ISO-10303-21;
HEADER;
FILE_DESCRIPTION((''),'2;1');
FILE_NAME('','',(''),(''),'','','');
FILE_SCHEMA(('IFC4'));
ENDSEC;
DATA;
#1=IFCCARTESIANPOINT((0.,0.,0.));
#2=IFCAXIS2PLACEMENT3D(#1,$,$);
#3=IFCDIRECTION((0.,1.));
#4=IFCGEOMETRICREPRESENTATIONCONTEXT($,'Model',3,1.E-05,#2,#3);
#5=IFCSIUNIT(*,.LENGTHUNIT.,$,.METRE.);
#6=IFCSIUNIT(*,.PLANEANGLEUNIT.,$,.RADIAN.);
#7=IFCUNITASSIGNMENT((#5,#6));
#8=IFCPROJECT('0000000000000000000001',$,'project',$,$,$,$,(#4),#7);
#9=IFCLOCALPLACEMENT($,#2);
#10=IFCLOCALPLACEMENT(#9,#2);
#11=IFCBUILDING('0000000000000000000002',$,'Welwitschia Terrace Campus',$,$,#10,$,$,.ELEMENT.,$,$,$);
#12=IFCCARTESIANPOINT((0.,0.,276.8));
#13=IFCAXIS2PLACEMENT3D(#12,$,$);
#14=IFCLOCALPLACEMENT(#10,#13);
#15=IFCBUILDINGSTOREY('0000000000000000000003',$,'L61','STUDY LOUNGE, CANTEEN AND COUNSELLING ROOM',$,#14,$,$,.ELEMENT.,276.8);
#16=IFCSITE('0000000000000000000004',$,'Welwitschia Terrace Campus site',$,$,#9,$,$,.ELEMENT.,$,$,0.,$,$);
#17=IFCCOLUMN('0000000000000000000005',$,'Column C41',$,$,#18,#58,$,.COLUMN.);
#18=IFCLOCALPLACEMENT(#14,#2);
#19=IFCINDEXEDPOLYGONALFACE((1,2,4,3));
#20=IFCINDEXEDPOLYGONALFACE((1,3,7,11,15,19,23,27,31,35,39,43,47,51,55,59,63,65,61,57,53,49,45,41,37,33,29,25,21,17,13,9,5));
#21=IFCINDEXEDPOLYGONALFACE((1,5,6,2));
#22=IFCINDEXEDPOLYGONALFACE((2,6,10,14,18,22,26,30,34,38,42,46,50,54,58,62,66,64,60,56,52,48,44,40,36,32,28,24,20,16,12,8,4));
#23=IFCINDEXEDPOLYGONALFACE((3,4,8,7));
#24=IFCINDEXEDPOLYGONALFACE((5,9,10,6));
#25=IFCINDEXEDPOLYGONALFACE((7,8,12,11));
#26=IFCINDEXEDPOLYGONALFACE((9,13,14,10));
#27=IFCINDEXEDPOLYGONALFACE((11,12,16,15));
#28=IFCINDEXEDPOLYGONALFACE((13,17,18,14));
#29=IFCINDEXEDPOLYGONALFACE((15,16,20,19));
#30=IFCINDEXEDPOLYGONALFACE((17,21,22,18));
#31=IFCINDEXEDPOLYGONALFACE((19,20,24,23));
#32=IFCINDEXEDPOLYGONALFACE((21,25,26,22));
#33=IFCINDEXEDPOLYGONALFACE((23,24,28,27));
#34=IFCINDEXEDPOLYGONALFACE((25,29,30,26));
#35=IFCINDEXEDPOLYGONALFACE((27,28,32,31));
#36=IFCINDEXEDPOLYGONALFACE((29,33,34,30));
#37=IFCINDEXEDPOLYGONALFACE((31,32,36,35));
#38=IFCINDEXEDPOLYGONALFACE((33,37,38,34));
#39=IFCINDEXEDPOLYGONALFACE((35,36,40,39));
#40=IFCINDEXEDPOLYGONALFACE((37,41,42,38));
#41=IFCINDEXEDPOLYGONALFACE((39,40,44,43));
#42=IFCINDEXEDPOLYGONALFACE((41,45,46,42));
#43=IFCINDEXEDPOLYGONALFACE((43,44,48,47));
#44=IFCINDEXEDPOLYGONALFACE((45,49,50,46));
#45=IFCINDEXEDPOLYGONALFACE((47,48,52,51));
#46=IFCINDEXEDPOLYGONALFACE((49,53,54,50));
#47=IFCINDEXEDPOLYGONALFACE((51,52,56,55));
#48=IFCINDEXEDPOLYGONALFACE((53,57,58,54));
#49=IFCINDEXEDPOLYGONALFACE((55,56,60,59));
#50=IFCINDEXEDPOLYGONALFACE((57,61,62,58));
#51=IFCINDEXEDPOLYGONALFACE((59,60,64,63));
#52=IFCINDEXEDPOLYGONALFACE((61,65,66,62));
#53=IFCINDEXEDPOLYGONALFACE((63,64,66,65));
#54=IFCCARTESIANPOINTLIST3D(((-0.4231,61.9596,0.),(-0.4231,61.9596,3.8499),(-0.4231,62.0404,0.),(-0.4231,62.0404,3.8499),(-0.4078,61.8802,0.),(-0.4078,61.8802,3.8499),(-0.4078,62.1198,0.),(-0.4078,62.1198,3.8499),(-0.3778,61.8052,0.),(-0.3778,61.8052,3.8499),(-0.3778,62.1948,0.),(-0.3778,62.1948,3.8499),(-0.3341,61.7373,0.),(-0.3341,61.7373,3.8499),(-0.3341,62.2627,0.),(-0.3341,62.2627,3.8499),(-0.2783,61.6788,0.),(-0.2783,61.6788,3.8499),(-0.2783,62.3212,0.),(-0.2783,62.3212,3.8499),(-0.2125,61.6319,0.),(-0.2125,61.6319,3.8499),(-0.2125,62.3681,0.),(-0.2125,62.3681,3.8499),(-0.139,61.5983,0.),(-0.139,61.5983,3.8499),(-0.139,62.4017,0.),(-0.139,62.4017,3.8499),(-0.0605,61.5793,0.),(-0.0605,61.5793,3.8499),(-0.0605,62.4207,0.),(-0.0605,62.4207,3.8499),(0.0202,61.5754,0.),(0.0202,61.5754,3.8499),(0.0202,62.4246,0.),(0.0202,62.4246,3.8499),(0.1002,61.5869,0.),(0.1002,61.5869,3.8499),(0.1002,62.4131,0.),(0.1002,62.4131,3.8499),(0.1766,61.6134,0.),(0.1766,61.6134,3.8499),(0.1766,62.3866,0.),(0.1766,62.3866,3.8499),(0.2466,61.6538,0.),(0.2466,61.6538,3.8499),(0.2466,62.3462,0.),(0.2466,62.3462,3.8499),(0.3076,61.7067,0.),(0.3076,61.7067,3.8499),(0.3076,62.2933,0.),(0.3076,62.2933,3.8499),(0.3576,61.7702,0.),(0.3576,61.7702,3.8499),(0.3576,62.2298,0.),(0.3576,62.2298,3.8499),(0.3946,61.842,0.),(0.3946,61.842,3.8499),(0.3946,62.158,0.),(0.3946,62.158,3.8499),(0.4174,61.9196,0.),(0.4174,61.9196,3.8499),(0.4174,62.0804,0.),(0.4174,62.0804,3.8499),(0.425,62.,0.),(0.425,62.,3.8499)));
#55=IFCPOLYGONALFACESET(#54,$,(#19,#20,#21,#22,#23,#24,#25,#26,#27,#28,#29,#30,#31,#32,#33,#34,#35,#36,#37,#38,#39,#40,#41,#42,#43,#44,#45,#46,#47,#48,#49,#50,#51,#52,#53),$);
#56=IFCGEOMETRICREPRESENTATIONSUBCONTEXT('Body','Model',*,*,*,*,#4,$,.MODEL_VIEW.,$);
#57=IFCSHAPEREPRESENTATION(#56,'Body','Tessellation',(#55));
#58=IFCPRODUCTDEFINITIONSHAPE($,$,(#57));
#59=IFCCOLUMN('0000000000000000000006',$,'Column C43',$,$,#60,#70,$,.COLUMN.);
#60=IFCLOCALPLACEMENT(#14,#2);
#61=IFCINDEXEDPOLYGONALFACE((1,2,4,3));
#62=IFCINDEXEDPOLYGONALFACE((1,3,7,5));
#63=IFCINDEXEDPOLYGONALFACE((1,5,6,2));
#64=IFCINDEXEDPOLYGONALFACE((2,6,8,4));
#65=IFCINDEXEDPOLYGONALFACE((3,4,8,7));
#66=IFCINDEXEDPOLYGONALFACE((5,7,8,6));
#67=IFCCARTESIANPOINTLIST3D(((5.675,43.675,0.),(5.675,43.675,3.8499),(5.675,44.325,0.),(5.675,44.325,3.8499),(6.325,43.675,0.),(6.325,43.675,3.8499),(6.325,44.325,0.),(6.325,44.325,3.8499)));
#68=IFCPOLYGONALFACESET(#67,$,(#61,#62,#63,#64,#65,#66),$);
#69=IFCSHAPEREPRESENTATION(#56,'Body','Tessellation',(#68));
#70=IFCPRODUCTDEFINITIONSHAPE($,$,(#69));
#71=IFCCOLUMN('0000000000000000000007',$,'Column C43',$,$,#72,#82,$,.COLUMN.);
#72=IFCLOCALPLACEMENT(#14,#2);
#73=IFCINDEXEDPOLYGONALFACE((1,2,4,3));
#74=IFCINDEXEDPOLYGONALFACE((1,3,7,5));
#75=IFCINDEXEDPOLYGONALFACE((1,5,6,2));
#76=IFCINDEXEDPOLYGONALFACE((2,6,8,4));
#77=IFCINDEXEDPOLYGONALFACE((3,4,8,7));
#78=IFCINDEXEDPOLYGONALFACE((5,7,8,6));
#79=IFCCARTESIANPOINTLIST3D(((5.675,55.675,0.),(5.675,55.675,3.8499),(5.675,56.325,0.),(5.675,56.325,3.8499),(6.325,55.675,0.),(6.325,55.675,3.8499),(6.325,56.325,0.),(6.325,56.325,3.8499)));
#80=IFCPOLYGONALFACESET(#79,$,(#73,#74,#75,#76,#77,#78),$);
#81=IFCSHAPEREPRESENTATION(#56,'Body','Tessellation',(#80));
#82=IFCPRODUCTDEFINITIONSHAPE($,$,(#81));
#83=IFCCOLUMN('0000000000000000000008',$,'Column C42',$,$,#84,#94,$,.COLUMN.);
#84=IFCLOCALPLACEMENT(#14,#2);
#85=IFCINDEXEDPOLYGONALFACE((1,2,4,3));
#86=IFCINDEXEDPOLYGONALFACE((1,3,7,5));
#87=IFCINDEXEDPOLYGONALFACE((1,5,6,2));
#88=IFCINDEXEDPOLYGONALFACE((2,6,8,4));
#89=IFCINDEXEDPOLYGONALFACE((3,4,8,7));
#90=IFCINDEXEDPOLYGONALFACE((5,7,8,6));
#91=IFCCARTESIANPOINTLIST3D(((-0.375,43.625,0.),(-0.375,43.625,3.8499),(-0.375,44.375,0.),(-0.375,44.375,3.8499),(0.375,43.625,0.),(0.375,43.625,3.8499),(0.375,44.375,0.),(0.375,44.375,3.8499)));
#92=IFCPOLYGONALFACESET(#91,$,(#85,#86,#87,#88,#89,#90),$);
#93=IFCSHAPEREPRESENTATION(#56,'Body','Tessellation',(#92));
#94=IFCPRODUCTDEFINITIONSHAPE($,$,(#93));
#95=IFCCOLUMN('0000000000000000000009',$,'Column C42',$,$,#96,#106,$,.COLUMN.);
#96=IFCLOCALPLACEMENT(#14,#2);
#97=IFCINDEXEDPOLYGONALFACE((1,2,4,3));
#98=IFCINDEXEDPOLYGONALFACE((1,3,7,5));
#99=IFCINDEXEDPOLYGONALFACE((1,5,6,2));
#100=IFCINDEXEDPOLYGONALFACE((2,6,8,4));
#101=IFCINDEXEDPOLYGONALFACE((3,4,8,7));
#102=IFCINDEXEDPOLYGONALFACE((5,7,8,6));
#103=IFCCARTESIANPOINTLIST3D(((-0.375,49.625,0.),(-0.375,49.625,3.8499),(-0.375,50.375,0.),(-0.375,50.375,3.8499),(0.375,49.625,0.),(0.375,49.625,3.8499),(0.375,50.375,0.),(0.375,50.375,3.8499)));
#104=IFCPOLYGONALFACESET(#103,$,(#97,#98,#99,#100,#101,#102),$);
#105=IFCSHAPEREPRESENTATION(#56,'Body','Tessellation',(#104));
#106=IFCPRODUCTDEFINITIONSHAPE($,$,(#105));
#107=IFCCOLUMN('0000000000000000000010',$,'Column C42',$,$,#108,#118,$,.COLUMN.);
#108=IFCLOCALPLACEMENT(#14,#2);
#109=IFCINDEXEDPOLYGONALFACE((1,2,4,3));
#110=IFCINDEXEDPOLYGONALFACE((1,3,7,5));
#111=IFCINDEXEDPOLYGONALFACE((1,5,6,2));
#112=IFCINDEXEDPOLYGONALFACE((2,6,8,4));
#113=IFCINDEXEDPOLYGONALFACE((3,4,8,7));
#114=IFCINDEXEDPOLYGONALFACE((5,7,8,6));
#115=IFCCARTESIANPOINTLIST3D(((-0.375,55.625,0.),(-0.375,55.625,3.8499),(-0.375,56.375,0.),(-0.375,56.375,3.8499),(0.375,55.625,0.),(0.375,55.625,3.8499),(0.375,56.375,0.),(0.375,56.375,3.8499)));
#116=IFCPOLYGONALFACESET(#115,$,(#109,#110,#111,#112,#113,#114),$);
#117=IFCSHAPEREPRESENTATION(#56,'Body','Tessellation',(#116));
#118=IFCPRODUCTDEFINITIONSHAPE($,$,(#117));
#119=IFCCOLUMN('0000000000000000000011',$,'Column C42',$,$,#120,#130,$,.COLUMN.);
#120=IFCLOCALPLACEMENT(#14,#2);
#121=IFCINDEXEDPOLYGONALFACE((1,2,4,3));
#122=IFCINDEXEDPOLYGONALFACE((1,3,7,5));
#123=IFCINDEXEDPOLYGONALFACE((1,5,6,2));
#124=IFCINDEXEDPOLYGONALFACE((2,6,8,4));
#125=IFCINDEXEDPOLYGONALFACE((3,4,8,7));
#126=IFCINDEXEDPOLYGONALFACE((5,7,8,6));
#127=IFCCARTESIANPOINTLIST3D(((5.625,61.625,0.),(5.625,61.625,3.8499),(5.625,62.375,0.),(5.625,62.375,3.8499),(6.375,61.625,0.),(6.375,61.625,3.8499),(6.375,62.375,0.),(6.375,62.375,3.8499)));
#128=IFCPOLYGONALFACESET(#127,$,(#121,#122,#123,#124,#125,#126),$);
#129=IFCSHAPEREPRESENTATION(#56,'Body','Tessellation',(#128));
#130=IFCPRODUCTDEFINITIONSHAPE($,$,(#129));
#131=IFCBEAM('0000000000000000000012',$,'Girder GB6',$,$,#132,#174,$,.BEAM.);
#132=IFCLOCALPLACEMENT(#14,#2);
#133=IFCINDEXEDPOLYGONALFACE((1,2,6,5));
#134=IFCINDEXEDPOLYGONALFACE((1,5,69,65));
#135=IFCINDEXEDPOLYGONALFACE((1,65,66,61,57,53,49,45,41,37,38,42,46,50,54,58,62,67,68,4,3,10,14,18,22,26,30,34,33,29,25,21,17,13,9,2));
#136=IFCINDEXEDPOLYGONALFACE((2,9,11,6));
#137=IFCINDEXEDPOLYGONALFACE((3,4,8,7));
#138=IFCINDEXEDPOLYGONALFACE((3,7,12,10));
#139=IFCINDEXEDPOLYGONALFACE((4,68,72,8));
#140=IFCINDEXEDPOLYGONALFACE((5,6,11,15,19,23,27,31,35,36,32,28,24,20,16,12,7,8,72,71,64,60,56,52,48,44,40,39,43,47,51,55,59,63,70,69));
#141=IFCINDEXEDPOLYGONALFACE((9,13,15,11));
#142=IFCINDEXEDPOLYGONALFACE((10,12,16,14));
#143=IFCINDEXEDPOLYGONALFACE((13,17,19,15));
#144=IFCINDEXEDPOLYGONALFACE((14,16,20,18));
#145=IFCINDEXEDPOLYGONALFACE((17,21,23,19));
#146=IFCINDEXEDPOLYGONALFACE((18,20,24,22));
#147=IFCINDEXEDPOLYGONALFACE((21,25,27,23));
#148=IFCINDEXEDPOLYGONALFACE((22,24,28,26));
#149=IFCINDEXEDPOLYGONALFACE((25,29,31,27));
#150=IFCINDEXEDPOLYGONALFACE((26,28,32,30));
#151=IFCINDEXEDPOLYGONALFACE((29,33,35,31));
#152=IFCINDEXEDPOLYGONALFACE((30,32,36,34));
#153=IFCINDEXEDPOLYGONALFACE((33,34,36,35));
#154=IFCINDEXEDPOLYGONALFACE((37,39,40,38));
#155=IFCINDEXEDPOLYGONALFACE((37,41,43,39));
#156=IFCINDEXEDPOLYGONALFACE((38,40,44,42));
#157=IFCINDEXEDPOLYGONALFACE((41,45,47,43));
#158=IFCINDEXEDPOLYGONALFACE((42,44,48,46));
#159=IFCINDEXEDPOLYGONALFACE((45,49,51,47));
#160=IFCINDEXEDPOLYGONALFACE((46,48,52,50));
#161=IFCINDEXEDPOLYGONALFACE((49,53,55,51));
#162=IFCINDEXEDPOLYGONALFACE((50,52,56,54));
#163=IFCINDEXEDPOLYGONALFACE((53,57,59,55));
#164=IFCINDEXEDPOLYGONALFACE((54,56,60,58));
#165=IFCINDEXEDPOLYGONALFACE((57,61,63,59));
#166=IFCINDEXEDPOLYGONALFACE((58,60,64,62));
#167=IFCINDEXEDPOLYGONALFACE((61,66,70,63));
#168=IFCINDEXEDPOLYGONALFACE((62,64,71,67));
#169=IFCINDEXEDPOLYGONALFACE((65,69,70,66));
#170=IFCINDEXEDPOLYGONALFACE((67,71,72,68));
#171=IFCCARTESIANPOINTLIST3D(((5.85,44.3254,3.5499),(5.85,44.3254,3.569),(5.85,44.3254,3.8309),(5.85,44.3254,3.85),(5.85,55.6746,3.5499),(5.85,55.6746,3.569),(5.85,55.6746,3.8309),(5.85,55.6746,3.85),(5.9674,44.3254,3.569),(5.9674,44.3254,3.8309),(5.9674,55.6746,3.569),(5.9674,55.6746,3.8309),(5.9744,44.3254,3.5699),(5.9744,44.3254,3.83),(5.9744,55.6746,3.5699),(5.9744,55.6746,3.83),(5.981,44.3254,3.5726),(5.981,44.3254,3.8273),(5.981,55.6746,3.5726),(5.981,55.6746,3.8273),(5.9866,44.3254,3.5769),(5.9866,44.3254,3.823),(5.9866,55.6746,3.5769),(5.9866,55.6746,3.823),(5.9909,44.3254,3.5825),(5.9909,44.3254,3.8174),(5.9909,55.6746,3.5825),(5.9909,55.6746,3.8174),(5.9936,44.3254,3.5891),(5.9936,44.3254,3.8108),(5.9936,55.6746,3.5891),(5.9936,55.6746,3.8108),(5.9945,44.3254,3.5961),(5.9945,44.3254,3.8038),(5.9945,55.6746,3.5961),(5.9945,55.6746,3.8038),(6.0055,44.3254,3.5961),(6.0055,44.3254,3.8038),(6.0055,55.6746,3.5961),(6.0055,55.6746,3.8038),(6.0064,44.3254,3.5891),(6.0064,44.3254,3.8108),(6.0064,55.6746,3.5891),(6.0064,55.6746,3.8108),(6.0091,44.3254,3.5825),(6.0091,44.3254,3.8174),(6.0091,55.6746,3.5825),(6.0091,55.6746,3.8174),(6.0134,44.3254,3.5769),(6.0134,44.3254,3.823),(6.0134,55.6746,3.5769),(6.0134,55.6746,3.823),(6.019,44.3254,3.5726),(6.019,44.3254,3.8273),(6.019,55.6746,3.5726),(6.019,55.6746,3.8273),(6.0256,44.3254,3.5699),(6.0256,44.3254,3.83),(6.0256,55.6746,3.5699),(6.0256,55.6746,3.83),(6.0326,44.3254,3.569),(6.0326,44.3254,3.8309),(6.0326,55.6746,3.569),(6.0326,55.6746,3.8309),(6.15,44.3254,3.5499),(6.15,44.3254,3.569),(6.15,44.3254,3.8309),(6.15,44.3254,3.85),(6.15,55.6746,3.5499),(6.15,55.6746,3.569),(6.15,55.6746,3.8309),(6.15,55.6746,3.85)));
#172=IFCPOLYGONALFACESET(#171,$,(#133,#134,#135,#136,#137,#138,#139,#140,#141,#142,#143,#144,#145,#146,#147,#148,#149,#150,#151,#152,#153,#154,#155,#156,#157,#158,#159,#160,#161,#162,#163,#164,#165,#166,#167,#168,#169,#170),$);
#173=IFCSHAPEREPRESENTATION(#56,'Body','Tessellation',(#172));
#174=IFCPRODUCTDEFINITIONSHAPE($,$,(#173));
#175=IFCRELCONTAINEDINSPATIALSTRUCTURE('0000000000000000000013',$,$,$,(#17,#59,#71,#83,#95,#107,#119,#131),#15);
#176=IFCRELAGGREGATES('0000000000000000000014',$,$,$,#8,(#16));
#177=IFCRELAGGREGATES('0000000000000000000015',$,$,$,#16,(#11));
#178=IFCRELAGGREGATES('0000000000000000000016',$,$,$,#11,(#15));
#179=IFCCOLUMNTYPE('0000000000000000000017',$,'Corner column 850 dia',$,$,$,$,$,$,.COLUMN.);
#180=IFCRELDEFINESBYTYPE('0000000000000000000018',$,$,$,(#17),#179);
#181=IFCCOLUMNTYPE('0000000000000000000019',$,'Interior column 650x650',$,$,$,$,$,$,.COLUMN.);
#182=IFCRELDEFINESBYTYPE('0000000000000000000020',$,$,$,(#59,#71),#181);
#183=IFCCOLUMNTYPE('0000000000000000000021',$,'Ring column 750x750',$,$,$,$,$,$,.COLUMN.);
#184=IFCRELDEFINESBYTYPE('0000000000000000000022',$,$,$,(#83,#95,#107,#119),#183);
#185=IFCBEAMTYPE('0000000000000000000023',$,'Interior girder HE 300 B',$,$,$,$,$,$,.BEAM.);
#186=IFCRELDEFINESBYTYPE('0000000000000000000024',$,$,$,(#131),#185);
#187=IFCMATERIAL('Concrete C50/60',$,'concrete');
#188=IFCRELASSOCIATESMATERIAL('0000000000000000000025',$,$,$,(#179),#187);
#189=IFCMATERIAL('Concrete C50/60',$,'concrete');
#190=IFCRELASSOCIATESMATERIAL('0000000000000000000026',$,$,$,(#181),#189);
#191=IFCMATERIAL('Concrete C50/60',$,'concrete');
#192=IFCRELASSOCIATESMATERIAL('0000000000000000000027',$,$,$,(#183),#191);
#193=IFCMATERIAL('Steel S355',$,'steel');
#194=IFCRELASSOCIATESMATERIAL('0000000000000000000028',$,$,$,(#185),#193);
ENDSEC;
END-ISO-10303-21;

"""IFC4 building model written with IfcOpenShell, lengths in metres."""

from ifc_helpers import new_model, si_unit, direction, frame, origin, origin_2d, place, context, subcontext, project, spatial, rectangle, circle, i_section, extrude, material, material_profile, profile_set, type_object, element, save


model = new_model("IFC4")

# Units and contexts
model_context = context("Model", 3, precision=1e-05, world=origin(), true_north=direction((0.0, 1.0)))
body_context = subcontext(model_context, "Body", "Model", "MODEL_VIEW")
ifc_project = project(units=[si_unit("LENGTHUNIT", "METRE"), si_unit("PLANEANGLEUNIT", "RADIAN")], contexts=[model_context])

# Site, building, storey
site_placement = place(None, origin())
site = spatial("IfcSite", under=ifc_project, at=site_placement, Name="Welwitschia Terrace Campus site", CompositionType="ELEMENT", RefElevation=0.0)
building_placement = place(site_placement, origin())
building = spatial("IfcBuilding", under=site, at=building_placement, Name="Welwitschia Terrace Campus", CompositionType="ELEMENT")
storey_placement = place(building_placement, frame((0.0, 0.0, 276.8)))
storey = spatial("IfcBuildingStorey", under=building, at=storey_placement, Name="L61", Description="STUDY LOUNGE, CANTEEN AND COUNSELLING ROOM", CompositionType="ELEMENT", Elevation=276.8)

# Columns
ifc_material_1 = material(Name="Concrete C50/60", Category="concrete")
ifc_material_profile_1 = material_profile(ifc_material_1, circle(Radius=0.425, at=origin_2d()))
ifc_profile_set_1 = profile_set([ifc_material_profile_1], Name="Concrete C50/60")
column_type_1 = type_object("IfcColumnType", Name="Corner column 850 dia", PredefinedType="COLUMN", material=ifc_profile_set_1)
column_placement = place(storey_placement, frame((0.0, 62.0, 0.0), z_axis=(0.0, 0.0, 1.0), x_axis=(1.0, 0.0, 0.0)))
element("IfcColumn", 1, at=column_placement, inside=storey, type_object=column_type_1, Name="Column C41", PredefinedType="COLUMN", context=body_context, shape_type="SweptSolid", body=[
    extrude(circle(Radius=0.425, at=origin_2d()), origin(), (0.0, 0.0, 1.0), 3.8499),
])
ifc_material_2 = material(Name="Concrete C50/60", Category="concrete")
ifc_material_profile_2 = material_profile(ifc_material_2, rectangle(XDim=0.6499, YDim=0.6499, at=origin_2d()))
ifc_profile_set_2 = profile_set([ifc_material_profile_2], Name="Concrete C50/60")
column_type_2 = type_object("IfcColumnType", Name="Interior column 650x650", PredefinedType="COLUMN", material=ifc_profile_set_2)
for number, where, z_axis, x_axis, name in (
    (2, (6.0, 44.0, 0.0), (0.0, 0.0, 1.0), (1.0, 0.0, 0.0), "Column C43"),
    (3, (6.0, 56.0, 0.0), (0.0, 0.0, 1.0), (1.0, 0.0, 0.0), "Column C43"),
):
    element("IfcColumn", number, at=place(storey_placement, frame(where, z_axis=z_axis, x_axis=x_axis)), inside=storey, type_object=column_type_2, Name=name, PredefinedType="COLUMN", context=body_context, shape_type="SweptSolid", body=[
        extrude(rectangle(XDim=0.6499, YDim=0.6499, at=origin_2d()), origin(), (0.0, 0.0, 1.0), 3.8499),
    ])
ifc_material_3 = material(Name="Concrete C50/60", Category="concrete")
ifc_material_profile_3 = material_profile(ifc_material_3, rectangle(XDim=0.75, YDim=0.75, at=origin_2d()))
ifc_profile_set_3 = profile_set([ifc_material_profile_3], Name="Concrete C50/60")
column_type_3 = type_object("IfcColumnType", Name="Ring column 750x750", PredefinedType="COLUMN", material=ifc_profile_set_3)
for number, where, z_axis, x_axis, name in (
    (4, (0.0, 44.0, 0.0), (0.0, 0.0, 1.0), (1.0, 0.0, 0.0), "Column C42"),
    (5, (0.0, 50.0, 0.0), (0.0, 0.0, 1.0), (1.0, 0.0, 0.0), "Column C42"),
    (6, (0.0, 56.0, 0.0), (0.0, 0.0, 1.0), (1.0, 0.0, 0.0), "Column C42"),
    (7, (6.0, 62.0, 0.0), (0.0, 0.0, 1.0), (1.0, 0.0, 0.0), "Column C42"),
):
    element("IfcColumn", number, at=place(storey_placement, frame(where, z_axis=z_axis, x_axis=x_axis)), inside=storey, type_object=column_type_3, Name=name, PredefinedType="COLUMN", context=body_context, shape_type="SweptSolid", body=[
        extrude(rectangle(XDim=0.75, YDim=0.75, at=origin_2d()), origin(), (0.0, 0.0, 1.0), 3.8499),
    ])

# Beam
ifc_material_4 = material(Name="Steel S355", Category="steel")
ifc_material_profile_4 = material_profile(ifc_material_4, i_section(OverallWidth=0.3, OverallDepth=0.3, WebThickness=0.011, FlangeThickness=0.019, FilletRadius=0.0271, at=origin_2d()))
ifc_profile_set_4 = profile_set([ifc_material_profile_4], Name="Steel S355")
beam_type_1 = type_object("IfcBeamType", Name="Interior girder HE 300 B", PredefinedType="BEAM", material=ifc_profile_set_4)
beam_1_placement = place(storey_placement, frame((6.0, 44.3254, 3.7), z_axis=(0.0, 1.0, 0.0), x_axis=(-1.0, 0.0, 0.0)))
element("IfcBeam", 8, at=beam_1_placement, inside=storey, type_object=beam_type_1, Name="Girder GB6", PredefinedType="BEAM", context=body_context, shape_type="SweptSolid", body=[
    extrude(i_section(OverallWidth=0.3, OverallDepth=0.3, WebThickness=0.011, FlangeThickness=0.019, FilletRadius=0.0271, at=origin_2d()), origin(), (0.0, 0.0, 1.0), 11.3491),
])

save(model, "model.ifc")
